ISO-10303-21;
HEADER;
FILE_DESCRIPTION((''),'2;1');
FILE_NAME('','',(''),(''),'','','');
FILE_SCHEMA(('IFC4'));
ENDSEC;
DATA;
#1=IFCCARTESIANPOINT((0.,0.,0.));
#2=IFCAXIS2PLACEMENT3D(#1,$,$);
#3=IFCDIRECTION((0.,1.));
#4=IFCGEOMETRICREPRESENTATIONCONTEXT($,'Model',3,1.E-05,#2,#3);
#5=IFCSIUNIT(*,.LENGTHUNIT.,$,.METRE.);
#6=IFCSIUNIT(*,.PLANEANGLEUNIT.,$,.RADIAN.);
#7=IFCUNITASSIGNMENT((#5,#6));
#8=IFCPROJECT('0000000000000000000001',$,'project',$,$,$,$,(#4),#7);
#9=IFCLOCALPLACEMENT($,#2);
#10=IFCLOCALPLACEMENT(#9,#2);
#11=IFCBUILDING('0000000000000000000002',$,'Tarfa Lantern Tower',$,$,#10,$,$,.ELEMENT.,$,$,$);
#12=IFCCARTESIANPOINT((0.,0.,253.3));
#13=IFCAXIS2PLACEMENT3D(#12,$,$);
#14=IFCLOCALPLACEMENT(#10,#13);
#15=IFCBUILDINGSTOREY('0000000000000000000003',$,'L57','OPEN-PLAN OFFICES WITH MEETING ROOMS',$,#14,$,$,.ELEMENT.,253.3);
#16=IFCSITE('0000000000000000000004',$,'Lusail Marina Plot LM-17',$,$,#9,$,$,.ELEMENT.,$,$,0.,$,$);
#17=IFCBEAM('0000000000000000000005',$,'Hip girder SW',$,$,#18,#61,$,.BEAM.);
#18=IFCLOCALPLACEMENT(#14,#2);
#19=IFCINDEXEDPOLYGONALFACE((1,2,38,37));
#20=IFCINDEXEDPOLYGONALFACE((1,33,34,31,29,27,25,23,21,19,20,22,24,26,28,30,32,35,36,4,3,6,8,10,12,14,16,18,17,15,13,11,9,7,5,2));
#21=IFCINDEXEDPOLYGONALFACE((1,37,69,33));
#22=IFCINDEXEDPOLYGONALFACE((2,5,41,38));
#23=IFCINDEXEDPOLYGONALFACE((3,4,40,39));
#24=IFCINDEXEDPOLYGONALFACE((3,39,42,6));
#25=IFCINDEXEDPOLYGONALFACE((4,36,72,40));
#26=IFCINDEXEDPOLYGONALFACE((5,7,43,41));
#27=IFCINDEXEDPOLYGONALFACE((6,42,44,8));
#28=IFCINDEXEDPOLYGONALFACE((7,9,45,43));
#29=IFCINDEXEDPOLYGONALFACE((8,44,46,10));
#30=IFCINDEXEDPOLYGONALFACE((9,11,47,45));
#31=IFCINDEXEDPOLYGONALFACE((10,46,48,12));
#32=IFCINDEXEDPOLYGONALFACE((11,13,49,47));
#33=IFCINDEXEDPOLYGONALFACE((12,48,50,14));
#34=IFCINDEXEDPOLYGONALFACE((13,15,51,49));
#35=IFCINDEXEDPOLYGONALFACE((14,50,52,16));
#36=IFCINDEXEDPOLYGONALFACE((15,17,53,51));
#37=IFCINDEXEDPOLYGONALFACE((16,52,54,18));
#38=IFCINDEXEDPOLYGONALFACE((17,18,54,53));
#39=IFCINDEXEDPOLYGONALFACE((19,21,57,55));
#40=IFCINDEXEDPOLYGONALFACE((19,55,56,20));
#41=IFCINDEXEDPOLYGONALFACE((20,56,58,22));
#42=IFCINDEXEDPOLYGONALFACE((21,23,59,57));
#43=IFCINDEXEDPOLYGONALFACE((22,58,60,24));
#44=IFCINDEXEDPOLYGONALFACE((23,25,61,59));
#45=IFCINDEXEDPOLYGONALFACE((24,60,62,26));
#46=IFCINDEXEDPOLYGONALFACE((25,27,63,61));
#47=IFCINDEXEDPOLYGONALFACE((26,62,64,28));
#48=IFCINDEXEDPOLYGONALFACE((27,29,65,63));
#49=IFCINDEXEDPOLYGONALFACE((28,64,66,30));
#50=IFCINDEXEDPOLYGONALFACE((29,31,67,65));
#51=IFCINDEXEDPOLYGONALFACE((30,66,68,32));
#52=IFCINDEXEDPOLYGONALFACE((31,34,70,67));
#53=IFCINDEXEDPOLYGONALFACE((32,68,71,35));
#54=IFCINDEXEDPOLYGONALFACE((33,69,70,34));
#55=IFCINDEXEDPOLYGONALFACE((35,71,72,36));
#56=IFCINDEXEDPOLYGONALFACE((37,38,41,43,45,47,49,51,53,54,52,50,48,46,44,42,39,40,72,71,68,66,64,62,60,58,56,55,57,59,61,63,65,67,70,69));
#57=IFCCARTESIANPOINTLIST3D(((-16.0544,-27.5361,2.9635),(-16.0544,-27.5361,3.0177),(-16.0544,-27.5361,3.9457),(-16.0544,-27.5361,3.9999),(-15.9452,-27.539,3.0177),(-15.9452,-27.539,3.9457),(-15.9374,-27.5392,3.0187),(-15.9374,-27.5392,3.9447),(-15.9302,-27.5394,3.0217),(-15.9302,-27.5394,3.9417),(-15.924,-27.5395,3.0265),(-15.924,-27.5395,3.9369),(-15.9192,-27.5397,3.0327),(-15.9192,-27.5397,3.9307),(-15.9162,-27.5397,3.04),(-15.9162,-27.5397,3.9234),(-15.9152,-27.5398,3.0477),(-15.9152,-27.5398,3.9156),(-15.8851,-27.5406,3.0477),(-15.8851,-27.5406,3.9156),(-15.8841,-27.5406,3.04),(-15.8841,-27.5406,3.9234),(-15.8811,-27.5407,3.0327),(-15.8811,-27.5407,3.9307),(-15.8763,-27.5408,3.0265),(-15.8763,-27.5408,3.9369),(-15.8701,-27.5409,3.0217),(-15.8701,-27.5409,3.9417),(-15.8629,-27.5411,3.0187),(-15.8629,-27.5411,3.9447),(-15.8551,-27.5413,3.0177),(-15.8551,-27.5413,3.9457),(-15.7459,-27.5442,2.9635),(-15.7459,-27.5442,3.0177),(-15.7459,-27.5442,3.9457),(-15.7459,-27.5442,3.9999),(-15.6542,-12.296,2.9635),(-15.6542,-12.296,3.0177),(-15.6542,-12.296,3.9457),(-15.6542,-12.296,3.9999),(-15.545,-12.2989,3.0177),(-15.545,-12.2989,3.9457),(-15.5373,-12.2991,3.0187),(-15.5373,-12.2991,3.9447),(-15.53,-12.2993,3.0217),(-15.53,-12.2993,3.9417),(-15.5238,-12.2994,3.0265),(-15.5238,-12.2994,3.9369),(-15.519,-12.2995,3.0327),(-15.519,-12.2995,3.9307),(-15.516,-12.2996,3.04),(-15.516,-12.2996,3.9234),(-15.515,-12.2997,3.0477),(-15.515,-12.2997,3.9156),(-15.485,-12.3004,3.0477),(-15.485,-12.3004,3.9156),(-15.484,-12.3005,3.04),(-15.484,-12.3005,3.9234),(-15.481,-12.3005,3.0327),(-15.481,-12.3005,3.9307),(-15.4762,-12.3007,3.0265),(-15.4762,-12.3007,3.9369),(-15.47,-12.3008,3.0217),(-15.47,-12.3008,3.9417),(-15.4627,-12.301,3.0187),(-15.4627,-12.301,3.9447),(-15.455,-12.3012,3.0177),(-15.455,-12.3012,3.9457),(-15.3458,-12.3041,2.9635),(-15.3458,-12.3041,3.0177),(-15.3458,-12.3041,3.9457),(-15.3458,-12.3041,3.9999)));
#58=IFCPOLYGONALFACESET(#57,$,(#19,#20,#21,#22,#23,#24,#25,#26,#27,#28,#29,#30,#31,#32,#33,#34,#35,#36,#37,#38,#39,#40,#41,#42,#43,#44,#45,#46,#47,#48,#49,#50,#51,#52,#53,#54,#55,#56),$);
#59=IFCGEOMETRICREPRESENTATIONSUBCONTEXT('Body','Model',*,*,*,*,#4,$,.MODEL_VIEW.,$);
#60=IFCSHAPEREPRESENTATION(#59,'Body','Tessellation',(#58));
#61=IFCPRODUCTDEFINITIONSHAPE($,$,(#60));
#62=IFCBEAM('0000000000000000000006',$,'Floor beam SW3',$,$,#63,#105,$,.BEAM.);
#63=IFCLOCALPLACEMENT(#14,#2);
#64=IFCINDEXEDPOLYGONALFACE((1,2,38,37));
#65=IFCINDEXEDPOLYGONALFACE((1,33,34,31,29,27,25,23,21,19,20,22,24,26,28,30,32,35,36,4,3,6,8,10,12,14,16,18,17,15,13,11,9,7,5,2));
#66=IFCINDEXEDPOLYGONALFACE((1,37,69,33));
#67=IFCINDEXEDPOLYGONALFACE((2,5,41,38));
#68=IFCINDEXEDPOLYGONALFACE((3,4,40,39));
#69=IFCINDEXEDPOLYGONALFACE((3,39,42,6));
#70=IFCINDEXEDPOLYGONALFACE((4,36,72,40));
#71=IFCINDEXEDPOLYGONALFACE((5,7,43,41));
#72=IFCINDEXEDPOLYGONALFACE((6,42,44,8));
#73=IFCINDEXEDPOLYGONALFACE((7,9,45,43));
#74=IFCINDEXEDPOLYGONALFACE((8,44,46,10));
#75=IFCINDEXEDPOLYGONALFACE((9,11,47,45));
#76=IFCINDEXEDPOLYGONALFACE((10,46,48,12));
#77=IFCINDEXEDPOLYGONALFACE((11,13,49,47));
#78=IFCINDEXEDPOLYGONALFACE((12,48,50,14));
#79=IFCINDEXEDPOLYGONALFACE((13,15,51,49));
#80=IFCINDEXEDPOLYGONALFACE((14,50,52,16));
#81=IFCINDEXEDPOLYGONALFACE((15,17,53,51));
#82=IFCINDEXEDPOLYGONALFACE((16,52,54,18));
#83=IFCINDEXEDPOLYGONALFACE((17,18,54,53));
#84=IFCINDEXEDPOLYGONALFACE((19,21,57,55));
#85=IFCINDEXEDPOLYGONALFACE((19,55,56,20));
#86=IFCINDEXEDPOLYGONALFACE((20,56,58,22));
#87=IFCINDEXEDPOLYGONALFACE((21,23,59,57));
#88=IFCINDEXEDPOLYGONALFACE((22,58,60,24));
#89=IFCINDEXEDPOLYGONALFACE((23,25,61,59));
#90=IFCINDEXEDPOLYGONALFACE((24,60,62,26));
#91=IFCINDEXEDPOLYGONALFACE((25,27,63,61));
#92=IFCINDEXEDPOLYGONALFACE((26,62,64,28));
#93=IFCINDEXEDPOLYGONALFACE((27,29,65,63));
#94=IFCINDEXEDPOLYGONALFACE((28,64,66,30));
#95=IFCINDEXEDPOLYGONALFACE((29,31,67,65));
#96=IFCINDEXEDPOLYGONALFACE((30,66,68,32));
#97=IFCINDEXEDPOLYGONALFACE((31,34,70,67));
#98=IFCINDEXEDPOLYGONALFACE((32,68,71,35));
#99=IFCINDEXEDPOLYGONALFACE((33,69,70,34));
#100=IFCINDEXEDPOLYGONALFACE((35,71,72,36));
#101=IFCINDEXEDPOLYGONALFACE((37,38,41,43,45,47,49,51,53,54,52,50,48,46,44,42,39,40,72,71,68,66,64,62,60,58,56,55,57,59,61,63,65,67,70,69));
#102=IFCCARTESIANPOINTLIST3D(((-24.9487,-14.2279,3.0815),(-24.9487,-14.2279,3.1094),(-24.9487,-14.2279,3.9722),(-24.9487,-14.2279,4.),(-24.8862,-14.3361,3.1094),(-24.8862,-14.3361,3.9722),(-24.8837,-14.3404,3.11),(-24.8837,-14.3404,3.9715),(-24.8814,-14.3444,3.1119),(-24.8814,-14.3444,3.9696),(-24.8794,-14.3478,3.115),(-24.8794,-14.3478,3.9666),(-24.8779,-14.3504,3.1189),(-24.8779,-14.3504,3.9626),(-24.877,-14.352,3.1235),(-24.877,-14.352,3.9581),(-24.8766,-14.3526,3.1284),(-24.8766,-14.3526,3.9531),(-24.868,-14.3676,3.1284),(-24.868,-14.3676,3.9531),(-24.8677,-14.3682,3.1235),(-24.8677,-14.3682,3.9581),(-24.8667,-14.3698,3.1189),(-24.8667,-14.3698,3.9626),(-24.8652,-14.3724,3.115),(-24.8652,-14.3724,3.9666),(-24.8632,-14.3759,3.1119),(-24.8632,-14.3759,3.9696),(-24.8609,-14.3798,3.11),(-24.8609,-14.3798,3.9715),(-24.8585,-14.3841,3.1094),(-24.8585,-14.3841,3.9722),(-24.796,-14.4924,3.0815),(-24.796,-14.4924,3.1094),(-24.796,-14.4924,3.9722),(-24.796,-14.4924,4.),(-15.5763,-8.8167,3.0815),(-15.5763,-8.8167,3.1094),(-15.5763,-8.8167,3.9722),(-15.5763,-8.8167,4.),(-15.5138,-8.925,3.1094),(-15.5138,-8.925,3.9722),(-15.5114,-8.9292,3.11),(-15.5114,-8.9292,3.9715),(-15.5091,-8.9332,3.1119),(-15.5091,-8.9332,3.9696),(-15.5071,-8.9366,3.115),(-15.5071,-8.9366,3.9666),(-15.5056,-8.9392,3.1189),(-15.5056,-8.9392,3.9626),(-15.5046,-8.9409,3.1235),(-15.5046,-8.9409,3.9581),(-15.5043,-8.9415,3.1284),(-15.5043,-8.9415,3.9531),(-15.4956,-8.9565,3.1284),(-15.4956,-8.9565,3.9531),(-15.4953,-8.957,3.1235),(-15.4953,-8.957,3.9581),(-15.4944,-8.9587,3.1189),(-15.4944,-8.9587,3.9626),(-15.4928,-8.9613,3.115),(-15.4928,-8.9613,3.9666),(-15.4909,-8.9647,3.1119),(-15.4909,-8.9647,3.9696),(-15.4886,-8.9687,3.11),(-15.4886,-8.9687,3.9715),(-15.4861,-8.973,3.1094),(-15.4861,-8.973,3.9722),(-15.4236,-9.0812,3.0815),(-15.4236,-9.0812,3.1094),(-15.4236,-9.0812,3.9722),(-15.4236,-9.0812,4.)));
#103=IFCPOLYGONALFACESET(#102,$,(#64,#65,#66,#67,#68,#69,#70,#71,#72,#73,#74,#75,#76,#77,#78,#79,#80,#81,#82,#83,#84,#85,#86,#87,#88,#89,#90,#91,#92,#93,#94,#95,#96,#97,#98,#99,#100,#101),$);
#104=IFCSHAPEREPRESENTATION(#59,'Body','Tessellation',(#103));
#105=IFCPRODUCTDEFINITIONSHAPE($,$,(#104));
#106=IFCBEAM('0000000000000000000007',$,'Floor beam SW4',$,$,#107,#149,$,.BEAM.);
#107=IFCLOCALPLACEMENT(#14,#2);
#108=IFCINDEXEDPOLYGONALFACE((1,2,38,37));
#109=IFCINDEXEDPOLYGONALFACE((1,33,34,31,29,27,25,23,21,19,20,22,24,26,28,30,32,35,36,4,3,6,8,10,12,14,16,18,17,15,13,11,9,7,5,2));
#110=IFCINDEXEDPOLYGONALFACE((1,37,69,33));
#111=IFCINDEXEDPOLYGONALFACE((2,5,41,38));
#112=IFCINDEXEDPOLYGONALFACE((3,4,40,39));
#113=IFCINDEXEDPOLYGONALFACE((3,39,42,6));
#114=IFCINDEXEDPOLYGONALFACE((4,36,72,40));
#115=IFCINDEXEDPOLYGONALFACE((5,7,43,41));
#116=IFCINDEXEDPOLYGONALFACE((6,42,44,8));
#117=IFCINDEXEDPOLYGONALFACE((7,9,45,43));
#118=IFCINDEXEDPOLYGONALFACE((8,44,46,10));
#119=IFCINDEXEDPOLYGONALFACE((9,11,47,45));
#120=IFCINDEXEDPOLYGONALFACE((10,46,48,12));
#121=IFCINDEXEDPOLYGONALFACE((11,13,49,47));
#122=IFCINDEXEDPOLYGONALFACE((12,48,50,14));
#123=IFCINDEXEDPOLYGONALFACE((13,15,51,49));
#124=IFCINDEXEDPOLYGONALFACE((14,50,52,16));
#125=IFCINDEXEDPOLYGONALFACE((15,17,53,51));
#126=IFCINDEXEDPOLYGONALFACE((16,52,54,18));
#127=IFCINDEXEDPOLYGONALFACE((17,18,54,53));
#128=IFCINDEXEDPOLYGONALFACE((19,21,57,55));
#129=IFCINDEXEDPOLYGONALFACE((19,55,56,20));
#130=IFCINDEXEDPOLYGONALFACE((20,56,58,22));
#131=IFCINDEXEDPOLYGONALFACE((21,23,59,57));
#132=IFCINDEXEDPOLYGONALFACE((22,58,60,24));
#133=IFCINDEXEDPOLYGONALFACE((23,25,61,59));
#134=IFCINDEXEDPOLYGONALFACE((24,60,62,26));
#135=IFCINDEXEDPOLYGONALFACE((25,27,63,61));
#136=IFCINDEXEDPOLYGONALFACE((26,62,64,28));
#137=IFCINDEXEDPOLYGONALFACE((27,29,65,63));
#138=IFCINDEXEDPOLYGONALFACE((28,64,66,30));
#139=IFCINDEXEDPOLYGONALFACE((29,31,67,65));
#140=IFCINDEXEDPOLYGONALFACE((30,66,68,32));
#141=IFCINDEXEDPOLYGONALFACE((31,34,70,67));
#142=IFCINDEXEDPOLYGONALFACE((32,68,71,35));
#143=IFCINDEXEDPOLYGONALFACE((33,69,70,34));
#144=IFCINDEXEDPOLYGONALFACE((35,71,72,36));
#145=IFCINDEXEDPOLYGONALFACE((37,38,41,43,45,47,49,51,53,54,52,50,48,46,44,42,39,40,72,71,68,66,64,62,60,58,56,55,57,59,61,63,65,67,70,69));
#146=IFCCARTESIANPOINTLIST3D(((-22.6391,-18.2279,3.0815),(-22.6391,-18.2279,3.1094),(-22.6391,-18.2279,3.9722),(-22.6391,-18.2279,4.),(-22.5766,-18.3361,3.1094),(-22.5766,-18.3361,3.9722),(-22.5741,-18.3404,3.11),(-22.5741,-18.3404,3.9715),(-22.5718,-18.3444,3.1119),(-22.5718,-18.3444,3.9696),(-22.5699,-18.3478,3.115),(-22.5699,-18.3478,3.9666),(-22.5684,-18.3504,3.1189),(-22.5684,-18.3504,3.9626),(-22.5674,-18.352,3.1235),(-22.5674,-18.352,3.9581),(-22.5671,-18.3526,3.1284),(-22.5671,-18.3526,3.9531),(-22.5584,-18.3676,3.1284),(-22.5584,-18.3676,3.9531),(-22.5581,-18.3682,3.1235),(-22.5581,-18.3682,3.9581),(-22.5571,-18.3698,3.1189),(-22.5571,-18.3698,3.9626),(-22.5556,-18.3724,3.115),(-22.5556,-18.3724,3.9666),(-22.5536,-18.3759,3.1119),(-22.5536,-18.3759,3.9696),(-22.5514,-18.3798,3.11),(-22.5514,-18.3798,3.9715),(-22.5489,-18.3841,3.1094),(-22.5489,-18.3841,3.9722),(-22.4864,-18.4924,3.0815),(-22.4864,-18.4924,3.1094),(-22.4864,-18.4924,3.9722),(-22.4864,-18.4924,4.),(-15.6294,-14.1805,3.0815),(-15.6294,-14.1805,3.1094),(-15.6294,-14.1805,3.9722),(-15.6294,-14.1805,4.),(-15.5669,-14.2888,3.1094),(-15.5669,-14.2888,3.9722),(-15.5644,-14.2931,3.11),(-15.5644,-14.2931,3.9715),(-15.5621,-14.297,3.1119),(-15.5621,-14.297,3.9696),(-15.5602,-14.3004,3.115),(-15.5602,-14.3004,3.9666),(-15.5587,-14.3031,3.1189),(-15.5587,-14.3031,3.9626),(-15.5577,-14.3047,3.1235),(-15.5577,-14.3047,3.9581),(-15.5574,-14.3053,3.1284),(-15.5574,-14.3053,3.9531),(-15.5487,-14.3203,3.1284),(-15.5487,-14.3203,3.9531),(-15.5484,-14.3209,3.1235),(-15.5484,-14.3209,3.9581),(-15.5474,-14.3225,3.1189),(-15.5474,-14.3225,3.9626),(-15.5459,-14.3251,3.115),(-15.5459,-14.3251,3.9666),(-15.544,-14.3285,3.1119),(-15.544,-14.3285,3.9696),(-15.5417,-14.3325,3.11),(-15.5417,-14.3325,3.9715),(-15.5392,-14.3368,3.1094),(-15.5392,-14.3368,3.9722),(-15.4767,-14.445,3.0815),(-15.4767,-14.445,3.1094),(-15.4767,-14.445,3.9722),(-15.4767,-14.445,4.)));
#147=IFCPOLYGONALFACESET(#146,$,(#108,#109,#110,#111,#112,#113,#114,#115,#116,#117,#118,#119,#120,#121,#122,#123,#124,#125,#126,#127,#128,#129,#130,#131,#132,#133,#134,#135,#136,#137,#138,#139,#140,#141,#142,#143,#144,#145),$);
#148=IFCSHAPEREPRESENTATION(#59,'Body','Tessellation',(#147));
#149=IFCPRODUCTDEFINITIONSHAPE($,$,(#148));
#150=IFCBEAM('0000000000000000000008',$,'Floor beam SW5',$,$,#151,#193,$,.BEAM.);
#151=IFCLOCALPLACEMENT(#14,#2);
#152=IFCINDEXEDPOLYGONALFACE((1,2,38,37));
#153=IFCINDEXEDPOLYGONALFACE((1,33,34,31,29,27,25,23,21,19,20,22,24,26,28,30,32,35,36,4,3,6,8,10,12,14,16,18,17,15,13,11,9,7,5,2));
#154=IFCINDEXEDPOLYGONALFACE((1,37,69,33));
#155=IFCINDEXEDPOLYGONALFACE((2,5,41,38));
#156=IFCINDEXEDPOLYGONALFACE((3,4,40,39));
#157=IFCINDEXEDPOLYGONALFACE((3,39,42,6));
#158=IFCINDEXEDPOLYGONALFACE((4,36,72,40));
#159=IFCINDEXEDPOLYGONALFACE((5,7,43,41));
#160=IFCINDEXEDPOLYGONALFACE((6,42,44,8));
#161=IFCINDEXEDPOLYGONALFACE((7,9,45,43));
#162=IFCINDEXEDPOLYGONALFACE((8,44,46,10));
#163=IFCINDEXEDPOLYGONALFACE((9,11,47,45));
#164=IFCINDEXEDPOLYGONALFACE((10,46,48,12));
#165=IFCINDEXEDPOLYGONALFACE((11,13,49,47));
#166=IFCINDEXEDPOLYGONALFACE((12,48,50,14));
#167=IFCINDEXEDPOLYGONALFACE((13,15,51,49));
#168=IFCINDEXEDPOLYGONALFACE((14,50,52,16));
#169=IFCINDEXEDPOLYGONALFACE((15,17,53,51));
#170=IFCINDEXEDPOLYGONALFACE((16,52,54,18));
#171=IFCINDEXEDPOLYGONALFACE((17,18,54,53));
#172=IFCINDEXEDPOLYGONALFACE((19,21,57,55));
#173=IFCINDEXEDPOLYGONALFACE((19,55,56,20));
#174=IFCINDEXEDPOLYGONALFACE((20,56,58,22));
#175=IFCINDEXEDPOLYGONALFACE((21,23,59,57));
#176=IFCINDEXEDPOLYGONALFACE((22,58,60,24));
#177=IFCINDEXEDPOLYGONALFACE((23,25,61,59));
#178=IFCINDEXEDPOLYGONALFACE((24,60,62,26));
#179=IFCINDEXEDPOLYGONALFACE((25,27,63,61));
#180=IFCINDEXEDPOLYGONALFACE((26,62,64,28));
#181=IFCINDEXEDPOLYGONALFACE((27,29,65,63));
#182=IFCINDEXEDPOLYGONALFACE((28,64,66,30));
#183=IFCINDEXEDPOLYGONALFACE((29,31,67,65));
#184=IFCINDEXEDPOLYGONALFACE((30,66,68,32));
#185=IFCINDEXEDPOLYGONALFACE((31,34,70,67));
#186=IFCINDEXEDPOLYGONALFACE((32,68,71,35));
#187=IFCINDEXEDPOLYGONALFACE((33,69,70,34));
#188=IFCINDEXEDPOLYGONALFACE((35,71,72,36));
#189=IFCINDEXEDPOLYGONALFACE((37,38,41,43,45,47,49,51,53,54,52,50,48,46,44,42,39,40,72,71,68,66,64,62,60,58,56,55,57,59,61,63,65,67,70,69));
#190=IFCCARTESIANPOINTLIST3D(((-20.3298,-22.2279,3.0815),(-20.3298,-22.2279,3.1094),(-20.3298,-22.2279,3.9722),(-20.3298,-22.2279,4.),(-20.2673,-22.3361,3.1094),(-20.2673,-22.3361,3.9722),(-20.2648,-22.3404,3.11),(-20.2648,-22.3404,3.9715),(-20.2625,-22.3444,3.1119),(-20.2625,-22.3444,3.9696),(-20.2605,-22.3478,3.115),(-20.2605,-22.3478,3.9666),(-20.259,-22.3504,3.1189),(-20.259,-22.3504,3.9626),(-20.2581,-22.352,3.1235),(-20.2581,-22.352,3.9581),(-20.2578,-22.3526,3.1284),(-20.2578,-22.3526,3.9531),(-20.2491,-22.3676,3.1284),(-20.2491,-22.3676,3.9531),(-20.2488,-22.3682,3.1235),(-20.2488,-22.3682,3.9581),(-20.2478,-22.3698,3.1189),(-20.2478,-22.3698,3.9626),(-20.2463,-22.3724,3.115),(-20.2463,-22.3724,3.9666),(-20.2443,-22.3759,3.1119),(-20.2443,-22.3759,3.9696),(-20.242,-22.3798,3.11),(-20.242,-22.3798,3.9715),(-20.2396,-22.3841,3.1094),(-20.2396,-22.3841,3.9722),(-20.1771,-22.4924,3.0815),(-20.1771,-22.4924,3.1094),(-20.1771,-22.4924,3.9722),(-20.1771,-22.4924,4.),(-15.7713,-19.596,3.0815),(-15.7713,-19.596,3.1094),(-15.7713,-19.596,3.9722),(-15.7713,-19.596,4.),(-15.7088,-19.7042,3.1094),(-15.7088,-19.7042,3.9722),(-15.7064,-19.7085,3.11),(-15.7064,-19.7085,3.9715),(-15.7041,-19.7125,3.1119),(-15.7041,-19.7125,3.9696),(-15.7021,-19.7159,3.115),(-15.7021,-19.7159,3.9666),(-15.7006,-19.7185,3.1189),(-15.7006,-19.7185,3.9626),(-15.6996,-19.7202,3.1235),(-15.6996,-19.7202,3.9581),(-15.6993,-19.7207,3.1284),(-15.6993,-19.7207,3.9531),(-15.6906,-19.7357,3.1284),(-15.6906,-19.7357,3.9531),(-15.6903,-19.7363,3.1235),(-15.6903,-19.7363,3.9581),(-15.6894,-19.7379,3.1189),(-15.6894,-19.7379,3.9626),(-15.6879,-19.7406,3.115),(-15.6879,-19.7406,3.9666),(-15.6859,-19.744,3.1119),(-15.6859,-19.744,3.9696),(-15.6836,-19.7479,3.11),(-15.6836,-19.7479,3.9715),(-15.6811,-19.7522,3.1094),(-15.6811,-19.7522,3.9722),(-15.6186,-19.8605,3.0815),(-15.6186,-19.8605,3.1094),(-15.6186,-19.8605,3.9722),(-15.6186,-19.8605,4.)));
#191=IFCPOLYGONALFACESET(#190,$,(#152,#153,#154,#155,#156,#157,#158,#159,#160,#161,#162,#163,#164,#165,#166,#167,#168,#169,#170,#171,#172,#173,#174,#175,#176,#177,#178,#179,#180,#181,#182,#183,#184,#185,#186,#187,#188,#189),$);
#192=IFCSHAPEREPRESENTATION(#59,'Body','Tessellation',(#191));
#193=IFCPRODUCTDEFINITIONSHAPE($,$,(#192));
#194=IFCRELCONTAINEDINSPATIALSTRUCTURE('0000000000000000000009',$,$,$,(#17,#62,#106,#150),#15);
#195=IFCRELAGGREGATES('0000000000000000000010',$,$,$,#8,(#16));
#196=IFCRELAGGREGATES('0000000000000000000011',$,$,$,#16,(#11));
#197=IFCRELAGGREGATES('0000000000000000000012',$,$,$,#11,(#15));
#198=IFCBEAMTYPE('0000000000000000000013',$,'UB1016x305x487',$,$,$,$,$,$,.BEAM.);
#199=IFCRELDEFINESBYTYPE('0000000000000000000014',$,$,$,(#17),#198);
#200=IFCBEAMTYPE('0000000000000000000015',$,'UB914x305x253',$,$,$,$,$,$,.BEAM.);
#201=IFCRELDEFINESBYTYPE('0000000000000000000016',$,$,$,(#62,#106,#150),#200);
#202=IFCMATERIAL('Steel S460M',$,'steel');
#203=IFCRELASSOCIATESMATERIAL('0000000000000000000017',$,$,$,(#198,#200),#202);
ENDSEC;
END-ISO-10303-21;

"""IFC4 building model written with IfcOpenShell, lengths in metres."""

from ifc_helpers import new_model, si_unit, direction, frame, origin, origin_2d, place, context, subcontext, project, spatial, i_section, extrude, material, material_profile, profile_set, type_object, element, save


model = new_model("IFC4")

# Units and contexts
model_context = context("Model", 3, precision=1e-05, world=origin(), true_north=direction((0.0, 1.0)))
body_context = subcontext(model_context, "Body", "Model", "MODEL_VIEW")
ifc_project = project(units=[si_unit("LENGTHUNIT", "METRE"), si_unit("PLANEANGLEUNIT", "RADIAN")], contexts=[model_context])

# Site, building, storey
site_placement = place(None, origin())
site = spatial("IfcSite", under=ifc_project, at=site_placement, Name="Lusail Marina Plot LM-17", CompositionType="ELEMENT", RefElevation=0.0)
building_placement = place(site_placement, origin())
building = spatial("IfcBuilding", under=site, at=building_placement, Name="Tarfa Lantern Tower", CompositionType="ELEMENT")
storey_placement = place(building_placement, frame((0.0, 0.0, 253.3)))
storey = spatial("IfcBuildingStorey", under=building, at=storey_placement, Name="L57", Description="OPEN-PLAN OFFICES WITH MEETING ROOMS", CompositionType="ELEMENT", Elevation=253.3)

# Beams
ifc_material_1 = material(Name="Steel S460M", Category="steel")
ifc_material_profile_1 = material_profile(ifc_material_1, i_section(OverallWidth=0.3086, OverallDepth=1.0364, WebThickness=0.03, FlangeThickness=0.0542, FilletRadius=0.03, at=origin_2d()), Name="UB1016x305x487")
ifc_profile_set_1 = profile_set([ifc_material_profile_1], Name="Steel S460M")
beam_type_1 = type_object("IfcBeamType", Name="UB1016x305x487", PredefinedType="BEAM", material=ifc_profile_set_1)
beam_1_placement = place(storey_placement, frame((-15.5, -12.3, 3.4817), z_axis=(-0.026247, -0.999655, 0.0), x_axis=(0.999655, -0.026247, 0.0)))
element("IfcBeam", 1, at=beam_1_placement, inside=storey, type_object=beam_type_1, Name="Hip girder SW", PredefinedType="BEAM", context=body_context, shape_type="SweptSolid", body=[
    extrude(i_section(OverallWidth=0.3086, OverallDepth=1.0364, WebThickness=0.03, FlangeThickness=0.0542, FilletRadius=0.03, at=origin_2d()), origin(), (0.0, 0.0, 1.0), 15.2454),
])
ifc_material_profile_2 = material_profile(ifc_material_1, i_section(OverallWidth=0.3054, OverallDepth=0.9185, WebThickness=0.0173, FlangeThickness=0.0278, FilletRadius=0.019, at=origin_2d()), Name="UB914x305x253")
ifc_profile_set_2 = profile_set([ifc_material_profile_2], Name="Steel S460M")
beam_type_2 = type_object("IfcBeamType", Name="UB914x305x253", PredefinedType="BEAM", material=ifc_profile_set_2)
beam_2_placement = place(storey_placement, frame((-24.8723, -14.3601, 3.5408), z_axis=(0.866024, 0.500002, 0.0), x_axis=(-0.500002, 0.866024, 0.0)))
element("IfcBeam", 2, at=beam_2_placement, inside=storey, type_object=beam_type_2, Name="Floor beam SW3", PredefinedType="BEAM", context=body_context, shape_type="SweptSolid", body=[
    extrude(i_section(OverallWidth=0.3054, OverallDepth=0.9185, WebThickness=0.0173, FlangeThickness=0.0278, FilletRadius=0.019, at=origin_2d()), origin(), (0.0, 0.0, 1.0), 10.8223),
])
beam_3_placement = place(storey_placement, frame((-22.5627, -18.3601, 3.5408), z_axis=(0.866011, 0.500025, 0.0), x_axis=(-0.500025, 0.866011, 0.0)))
element("IfcBeam", 3, at=beam_3_placement, inside=storey, type_object=beam_type_2, Name="Floor beam SW4", PredefinedType="BEAM", context=body_context, shape_type="SweptSolid", body=[
    extrude(i_section(OverallWidth=0.3054, OverallDepth=0.9185, WebThickness=0.0173, FlangeThickness=0.0278, FilletRadius=0.019, at=origin_2d()), origin(), (0.0, 0.0, 1.0), 8.0942),
])
beam_4_placement = place(storey_placement, frame((-20.2534, -22.3601, 3.5408), z_axis=(0.86602, 0.50001, 0.0), x_axis=(-0.50001, 0.86602, 0.0)))
element("IfcBeam", 4, at=beam_4_placement, inside=storey, type_object=beam_type_2, Name="Floor beam SW5", PredefinedType="BEAM", context=body_context, shape_type="SweptSolid", body=[
    extrude(i_section(OverallWidth=0.3054, OverallDepth=0.9185, WebThickness=0.0173, FlangeThickness=0.0278, FilletRadius=0.019, at=origin_2d()), origin(), (0.0, 0.0, 1.0), 5.2637),
])

save(model, "model.ifc")
